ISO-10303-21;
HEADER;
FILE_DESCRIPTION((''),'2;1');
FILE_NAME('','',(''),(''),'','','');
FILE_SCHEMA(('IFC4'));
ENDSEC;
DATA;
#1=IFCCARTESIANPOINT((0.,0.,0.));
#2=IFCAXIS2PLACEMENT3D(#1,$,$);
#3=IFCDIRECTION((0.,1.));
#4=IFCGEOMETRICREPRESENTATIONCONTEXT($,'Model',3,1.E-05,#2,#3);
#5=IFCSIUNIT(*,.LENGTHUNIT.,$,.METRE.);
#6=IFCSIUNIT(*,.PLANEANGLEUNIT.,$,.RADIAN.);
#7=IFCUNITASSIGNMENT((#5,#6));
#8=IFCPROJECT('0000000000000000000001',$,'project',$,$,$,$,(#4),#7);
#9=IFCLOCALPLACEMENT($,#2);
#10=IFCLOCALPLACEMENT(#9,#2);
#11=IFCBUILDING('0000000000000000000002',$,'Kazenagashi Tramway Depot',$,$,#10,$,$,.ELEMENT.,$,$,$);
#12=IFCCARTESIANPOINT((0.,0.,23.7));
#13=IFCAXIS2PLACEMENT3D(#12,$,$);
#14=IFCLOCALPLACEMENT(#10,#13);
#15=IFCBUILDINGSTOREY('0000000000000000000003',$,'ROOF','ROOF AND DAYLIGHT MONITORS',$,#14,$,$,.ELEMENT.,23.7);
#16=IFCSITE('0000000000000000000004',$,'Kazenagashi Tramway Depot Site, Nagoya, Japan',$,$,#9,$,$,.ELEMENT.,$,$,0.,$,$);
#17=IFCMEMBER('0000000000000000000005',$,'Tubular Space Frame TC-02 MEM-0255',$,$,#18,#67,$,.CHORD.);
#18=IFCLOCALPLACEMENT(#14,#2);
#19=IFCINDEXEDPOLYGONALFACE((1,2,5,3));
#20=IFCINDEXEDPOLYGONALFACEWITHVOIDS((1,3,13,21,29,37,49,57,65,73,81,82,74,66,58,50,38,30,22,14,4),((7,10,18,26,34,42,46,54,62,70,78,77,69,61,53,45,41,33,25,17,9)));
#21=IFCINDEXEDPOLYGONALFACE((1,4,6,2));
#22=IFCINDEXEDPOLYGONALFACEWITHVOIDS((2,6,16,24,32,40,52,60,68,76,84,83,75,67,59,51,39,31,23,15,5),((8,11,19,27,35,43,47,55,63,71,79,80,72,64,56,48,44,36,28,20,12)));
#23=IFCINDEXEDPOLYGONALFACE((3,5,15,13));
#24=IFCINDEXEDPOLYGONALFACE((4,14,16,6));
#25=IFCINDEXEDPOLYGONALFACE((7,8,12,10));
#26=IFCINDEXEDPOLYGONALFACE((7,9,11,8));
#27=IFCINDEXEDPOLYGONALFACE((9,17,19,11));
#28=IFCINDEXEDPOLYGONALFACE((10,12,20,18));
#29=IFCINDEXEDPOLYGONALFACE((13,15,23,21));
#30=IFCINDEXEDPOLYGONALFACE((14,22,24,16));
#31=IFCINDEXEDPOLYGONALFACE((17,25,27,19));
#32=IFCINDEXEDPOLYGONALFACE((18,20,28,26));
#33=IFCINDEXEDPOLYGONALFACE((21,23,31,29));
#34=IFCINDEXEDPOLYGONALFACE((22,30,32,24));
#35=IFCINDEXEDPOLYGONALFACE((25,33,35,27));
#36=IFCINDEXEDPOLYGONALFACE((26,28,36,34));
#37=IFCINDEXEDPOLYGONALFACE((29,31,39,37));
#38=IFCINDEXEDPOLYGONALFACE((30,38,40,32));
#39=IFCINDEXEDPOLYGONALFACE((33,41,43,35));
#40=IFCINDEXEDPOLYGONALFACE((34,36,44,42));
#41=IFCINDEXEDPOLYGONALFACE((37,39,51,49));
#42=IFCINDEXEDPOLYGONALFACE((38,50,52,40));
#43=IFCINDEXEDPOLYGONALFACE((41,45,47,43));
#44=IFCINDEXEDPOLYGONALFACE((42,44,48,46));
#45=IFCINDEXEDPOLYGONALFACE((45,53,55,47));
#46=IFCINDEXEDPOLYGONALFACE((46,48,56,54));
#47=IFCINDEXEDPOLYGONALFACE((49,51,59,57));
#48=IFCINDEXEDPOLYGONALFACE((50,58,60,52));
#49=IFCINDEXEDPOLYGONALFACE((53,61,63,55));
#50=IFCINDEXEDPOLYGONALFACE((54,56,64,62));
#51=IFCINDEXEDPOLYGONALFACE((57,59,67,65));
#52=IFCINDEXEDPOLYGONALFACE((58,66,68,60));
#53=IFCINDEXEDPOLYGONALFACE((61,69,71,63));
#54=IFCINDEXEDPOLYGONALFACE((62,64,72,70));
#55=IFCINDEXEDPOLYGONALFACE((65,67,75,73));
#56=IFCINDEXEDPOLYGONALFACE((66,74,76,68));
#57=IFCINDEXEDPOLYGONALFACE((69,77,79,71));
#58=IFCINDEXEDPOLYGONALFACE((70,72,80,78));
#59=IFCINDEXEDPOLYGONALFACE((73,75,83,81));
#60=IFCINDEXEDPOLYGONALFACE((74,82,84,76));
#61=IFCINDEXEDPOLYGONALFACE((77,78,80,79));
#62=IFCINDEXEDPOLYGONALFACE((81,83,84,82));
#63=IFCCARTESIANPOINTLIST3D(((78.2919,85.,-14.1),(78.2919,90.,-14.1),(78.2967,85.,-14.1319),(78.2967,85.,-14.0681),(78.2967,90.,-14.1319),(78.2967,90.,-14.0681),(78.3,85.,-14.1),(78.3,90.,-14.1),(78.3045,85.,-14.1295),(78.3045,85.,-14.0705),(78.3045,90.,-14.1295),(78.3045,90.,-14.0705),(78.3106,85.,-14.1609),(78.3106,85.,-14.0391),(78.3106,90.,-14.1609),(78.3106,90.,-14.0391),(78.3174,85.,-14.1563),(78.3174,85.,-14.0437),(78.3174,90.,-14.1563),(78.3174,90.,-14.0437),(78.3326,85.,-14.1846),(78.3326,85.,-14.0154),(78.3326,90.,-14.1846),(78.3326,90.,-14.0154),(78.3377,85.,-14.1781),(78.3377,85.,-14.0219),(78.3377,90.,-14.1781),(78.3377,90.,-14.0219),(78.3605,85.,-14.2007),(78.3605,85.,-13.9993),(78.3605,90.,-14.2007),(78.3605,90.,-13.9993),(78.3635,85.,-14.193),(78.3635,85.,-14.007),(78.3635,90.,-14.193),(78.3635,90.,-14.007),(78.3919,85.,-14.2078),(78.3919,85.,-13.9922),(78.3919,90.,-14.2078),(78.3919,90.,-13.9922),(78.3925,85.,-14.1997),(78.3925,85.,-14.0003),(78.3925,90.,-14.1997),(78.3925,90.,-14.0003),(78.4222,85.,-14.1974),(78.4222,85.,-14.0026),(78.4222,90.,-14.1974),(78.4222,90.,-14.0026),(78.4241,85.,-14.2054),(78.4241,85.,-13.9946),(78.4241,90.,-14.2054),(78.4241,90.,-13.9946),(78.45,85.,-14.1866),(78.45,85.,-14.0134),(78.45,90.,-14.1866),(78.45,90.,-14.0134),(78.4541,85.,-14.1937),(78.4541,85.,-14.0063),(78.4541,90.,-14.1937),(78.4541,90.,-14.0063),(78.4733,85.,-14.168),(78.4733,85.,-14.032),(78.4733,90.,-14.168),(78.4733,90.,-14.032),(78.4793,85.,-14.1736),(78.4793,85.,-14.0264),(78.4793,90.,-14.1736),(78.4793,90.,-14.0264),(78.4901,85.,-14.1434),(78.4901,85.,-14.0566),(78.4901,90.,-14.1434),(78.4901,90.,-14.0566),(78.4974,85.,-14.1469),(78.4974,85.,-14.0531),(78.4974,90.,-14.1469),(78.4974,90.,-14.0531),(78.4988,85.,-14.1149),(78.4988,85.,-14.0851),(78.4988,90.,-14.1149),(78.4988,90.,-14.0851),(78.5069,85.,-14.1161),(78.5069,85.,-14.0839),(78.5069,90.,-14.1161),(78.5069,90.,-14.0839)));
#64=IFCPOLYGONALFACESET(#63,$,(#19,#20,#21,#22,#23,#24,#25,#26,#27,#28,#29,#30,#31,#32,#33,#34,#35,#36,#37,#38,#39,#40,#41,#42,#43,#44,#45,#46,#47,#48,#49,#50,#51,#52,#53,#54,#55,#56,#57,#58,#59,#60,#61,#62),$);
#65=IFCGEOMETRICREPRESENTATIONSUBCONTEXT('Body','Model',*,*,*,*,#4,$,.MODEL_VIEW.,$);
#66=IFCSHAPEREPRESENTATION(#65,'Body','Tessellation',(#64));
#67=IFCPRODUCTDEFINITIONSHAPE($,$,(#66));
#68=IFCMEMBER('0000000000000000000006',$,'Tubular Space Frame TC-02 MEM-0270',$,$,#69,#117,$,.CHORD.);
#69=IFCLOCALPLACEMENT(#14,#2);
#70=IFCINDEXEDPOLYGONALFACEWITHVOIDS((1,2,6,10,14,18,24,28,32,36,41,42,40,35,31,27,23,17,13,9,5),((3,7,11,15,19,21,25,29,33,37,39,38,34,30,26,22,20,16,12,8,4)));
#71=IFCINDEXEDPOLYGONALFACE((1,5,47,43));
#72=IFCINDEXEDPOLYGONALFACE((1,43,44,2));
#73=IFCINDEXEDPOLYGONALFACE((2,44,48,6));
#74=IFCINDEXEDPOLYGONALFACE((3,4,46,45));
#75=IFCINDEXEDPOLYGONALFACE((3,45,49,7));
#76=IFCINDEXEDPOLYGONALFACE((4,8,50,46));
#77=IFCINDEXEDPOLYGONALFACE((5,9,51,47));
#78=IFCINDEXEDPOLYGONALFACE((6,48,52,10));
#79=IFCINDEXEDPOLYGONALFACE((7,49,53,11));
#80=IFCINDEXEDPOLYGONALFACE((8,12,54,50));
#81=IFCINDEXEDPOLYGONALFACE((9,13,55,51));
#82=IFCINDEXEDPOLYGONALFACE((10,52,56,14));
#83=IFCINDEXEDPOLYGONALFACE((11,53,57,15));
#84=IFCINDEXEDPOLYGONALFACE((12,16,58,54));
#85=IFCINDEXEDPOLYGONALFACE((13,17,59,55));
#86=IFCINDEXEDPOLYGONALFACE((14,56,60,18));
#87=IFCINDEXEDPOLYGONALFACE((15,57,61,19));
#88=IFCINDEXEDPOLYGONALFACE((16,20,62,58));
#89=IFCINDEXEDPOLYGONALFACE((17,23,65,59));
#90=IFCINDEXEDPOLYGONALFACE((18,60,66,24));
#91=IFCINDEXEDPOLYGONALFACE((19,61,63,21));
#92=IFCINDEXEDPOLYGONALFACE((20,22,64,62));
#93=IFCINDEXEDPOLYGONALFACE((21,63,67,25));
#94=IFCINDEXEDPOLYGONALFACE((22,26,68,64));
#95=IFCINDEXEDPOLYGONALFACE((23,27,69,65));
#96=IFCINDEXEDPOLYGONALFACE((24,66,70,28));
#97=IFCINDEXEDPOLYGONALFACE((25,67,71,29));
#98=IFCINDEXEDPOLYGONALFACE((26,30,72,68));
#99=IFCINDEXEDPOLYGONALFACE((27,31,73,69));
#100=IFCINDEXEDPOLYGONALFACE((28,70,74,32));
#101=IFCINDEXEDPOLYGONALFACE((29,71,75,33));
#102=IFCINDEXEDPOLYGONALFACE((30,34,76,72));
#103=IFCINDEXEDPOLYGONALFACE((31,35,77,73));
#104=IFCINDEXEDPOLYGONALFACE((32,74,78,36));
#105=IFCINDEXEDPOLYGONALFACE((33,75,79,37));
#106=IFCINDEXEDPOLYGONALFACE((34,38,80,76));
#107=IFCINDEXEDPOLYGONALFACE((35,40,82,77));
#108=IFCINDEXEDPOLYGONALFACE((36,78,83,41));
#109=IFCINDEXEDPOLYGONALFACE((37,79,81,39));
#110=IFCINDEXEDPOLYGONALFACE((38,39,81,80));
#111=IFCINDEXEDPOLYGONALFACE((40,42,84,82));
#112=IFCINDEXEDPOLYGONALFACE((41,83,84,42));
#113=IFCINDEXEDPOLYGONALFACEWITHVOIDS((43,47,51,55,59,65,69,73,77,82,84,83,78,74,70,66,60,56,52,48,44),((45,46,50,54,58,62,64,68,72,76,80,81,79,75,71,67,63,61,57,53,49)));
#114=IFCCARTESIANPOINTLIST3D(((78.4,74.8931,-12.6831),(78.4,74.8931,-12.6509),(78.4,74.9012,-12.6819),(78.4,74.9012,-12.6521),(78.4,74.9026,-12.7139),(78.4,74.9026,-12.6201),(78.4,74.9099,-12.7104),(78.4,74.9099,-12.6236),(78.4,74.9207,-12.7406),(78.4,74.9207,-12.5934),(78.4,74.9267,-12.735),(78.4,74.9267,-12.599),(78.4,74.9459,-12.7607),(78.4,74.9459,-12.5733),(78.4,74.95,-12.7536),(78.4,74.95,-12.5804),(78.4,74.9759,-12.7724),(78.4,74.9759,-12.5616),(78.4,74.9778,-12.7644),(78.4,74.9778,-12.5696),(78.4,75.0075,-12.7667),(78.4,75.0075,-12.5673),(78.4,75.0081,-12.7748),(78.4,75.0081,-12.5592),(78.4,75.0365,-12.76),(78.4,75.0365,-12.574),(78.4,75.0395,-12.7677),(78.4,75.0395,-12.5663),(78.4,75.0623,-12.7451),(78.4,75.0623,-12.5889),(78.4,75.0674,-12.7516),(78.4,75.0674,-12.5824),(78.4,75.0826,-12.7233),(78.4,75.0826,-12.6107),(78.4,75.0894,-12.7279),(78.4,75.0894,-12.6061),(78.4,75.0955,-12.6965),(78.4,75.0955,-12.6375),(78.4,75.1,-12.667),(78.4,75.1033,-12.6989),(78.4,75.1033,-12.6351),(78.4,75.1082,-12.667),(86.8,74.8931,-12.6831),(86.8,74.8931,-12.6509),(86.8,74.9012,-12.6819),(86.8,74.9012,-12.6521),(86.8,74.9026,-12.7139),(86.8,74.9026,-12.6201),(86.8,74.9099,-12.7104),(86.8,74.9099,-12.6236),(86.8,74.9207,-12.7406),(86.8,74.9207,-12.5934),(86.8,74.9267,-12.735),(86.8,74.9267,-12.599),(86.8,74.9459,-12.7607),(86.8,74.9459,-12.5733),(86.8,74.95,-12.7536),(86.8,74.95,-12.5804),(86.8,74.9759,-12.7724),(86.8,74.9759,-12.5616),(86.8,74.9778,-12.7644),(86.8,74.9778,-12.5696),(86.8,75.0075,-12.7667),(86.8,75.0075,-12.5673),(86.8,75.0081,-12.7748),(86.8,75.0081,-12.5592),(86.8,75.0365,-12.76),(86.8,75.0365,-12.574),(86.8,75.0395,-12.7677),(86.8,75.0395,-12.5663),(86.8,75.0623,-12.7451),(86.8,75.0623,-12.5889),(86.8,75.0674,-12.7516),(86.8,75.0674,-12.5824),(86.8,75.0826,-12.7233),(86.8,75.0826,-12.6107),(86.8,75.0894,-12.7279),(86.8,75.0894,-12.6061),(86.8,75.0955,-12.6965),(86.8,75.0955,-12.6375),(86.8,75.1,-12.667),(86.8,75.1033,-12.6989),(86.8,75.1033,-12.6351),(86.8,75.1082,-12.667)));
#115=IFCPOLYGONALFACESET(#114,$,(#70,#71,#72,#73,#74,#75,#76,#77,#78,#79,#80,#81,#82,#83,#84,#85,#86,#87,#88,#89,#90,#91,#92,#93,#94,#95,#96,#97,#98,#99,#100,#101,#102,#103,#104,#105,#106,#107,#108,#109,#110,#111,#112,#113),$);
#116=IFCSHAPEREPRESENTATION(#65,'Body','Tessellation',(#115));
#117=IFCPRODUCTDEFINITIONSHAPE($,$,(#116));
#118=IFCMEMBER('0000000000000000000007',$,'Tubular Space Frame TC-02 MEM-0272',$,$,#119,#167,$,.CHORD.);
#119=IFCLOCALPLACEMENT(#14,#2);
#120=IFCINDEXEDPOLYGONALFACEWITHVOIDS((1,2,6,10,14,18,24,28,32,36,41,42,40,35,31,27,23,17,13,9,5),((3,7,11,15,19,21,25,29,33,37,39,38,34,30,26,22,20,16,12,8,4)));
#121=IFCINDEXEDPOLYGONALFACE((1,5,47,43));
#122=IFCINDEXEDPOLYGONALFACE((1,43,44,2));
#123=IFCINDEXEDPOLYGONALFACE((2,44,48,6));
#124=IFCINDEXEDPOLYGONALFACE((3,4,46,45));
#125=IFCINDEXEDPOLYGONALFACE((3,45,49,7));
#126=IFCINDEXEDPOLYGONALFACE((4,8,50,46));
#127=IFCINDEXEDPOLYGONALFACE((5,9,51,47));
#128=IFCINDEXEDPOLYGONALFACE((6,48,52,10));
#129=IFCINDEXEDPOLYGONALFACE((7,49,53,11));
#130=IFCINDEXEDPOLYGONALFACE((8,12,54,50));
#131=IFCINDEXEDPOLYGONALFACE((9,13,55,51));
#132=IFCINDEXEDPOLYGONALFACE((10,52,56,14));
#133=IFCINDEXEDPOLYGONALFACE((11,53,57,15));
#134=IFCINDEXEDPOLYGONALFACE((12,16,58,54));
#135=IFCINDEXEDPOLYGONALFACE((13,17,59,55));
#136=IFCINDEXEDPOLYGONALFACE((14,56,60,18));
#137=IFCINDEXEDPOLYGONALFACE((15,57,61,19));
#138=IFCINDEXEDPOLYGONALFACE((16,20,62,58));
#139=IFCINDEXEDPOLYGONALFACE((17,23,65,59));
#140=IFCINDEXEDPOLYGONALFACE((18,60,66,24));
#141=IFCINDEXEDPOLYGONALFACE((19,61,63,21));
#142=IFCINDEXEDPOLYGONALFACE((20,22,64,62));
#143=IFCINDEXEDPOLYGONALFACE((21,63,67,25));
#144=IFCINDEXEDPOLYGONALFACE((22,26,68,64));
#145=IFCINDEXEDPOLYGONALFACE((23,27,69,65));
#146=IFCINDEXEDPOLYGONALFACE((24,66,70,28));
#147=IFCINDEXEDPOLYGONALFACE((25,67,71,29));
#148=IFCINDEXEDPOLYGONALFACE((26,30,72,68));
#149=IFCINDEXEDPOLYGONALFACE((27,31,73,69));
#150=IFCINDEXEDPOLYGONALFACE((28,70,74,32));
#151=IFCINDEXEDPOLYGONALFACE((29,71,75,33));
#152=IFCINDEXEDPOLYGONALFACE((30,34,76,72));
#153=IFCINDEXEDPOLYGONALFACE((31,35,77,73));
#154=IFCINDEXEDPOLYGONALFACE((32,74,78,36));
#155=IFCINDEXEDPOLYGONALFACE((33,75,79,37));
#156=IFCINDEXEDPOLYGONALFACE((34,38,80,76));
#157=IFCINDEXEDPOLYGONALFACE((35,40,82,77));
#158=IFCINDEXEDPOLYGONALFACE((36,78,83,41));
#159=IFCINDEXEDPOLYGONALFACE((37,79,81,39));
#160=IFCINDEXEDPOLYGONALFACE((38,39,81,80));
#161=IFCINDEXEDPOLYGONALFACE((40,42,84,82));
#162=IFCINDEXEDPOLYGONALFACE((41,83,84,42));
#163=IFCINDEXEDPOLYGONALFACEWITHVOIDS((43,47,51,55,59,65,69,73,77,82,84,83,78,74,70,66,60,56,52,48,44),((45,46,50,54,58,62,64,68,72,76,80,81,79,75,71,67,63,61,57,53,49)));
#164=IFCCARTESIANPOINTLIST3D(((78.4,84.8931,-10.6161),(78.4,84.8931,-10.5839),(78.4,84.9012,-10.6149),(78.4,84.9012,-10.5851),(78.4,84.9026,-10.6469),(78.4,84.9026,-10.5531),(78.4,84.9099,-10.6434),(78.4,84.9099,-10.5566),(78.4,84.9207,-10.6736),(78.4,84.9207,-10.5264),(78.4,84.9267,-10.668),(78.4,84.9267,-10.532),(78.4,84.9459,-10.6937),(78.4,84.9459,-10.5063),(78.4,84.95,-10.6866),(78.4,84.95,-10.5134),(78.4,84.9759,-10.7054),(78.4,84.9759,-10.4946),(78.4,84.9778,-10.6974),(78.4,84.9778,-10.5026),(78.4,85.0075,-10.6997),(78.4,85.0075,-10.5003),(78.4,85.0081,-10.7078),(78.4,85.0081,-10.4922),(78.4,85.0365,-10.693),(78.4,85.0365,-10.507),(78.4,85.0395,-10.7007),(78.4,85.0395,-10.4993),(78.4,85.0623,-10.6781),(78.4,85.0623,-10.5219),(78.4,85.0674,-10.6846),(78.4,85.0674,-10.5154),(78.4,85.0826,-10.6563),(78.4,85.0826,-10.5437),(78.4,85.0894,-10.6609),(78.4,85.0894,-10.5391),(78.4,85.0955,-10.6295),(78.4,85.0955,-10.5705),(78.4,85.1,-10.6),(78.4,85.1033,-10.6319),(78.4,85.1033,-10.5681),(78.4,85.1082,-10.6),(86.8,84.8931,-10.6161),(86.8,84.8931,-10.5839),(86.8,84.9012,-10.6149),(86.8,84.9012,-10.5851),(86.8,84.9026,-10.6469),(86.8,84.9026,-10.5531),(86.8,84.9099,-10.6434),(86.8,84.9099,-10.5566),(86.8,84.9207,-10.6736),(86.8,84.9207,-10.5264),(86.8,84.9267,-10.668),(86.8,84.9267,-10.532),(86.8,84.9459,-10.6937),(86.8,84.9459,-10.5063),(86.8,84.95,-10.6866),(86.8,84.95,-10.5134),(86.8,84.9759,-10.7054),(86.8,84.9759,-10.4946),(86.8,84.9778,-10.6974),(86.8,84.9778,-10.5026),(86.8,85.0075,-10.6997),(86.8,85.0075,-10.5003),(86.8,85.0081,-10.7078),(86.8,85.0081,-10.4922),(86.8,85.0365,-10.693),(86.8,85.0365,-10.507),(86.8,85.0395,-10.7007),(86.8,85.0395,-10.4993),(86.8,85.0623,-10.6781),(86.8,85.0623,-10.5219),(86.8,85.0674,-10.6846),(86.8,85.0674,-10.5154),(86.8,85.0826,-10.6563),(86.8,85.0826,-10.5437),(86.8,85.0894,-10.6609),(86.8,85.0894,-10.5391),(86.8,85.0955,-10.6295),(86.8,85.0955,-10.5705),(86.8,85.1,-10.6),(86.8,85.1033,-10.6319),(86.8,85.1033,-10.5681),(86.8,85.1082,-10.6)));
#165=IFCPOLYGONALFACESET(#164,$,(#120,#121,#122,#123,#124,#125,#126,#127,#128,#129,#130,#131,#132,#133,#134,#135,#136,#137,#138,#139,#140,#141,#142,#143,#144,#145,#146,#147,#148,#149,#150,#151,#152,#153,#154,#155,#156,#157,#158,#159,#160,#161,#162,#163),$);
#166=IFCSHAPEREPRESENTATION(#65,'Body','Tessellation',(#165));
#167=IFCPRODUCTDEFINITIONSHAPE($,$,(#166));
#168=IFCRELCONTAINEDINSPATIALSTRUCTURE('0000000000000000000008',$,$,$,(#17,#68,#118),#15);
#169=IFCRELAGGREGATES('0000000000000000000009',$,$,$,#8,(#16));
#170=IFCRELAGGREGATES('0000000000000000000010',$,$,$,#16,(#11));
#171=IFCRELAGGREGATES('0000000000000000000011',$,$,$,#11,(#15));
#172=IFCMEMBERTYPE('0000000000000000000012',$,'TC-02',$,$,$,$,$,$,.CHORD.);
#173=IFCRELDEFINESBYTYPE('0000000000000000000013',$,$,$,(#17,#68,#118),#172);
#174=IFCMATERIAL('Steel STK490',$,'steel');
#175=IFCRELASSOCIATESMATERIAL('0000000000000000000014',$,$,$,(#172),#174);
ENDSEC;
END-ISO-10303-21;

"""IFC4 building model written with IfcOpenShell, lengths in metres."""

from ifc_helpers import new_model, si_unit, direction, frame, origin, origin_2d, place, context, subcontext, project, spatial, hollow_circle, extrude, material, material_profile, profile_set, type_object, element, save


model = new_model("IFC4")

# Units and contexts
model_context = context("Model", 3, precision=1e-05, world=origin(), true_north=direction((0.0, 1.0)))
body_context = subcontext(model_context, "Body", "Model", "MODEL_VIEW")
ifc_project = project(units=[si_unit("LENGTHUNIT", "METRE"), si_unit("PLANEANGLEUNIT", "RADIAN")], contexts=[model_context])

# Site, building, storey
site_placement = place(None, origin())
site = spatial("IfcSite", under=ifc_project, at=site_placement, Name="Kazenagashi Tramway Depot Site, Nagoya, Japan", CompositionType="ELEMENT", RefElevation=0.0)
building_placement = place(site_placement, origin())
building = spatial("IfcBuilding", under=site, at=building_placement, Name="Kazenagashi Tramway Depot", CompositionType="ELEMENT")
storey_placement = place(building_placement, frame((0.0, 0.0, 23.7)))
storey = spatial("IfcBuildingStorey", under=building, at=storey_placement, Name="ROOF", Description="ROOF AND DAYLIGHT MONITORS", CompositionType="ELEMENT", Elevation=23.7)

# Members
ifc_material_1 = material(Name="Steel STK490", Category="steel")
ifc_material_profile_1 = material_profile(ifc_material_1, hollow_circle(Radius=0.1081, WallThickness=0.0082, at=origin_2d()), Name="CHS-216.3x8.2")
ifc_profile_set_1 = profile_set([ifc_material_profile_1], Name="Steel STK490")
member_type_1 = type_object("IfcMemberType", Name="TC-02", PredefinedType="CHORD", material=ifc_profile_set_1)
for number, where, z_axis, x_axis, name in (
    (1, (78.4, 85.0, -14.1), (0.0, 1.0, 0.0), (-1.0, 0.0, 0.0), "Tubular Space Frame TC-02 MEM-0255"),
):
    element("IfcMember", number, at=place(storey_placement, frame(where, z_axis=z_axis, x_axis=x_axis)), inside=storey, type_object=member_type_1, Name=name, PredefinedType="CHORD", context=body_context, shape_type="SweptSolid", body=[
        extrude(hollow_circle(Radius=0.1081, WallThickness=0.0082, at=origin_2d()), origin(), (0.0, 0.0, 1.0), 5.0),
    ])
for number, where, z_axis, x_axis, name in (
    (2, (78.4, 75.0, -12.667), (1.0, 0.0, 0.0), (0.0, 1.0, 0.0), "Tubular Space Frame TC-02 MEM-0270"),
    (3, (78.4, 85.0, -10.6), (1.0, 0.0, 0.0), (0.0, 1.0, 0.0), "Tubular Space Frame TC-02 MEM-0272"),
):
    element("IfcMember", number, at=place(storey_placement, frame(where, z_axis=z_axis, x_axis=x_axis)), inside=storey, type_object=member_type_1, Name=name, PredefinedType="CHORD", context=body_context, shape_type="SweptSolid", body=[
        extrude(hollow_circle(Radius=0.1081, WallThickness=0.0082, at=origin_2d()), origin(), (0.0, 0.0, 1.0), 8.4),
    ])

save(model, "model.ifc")
